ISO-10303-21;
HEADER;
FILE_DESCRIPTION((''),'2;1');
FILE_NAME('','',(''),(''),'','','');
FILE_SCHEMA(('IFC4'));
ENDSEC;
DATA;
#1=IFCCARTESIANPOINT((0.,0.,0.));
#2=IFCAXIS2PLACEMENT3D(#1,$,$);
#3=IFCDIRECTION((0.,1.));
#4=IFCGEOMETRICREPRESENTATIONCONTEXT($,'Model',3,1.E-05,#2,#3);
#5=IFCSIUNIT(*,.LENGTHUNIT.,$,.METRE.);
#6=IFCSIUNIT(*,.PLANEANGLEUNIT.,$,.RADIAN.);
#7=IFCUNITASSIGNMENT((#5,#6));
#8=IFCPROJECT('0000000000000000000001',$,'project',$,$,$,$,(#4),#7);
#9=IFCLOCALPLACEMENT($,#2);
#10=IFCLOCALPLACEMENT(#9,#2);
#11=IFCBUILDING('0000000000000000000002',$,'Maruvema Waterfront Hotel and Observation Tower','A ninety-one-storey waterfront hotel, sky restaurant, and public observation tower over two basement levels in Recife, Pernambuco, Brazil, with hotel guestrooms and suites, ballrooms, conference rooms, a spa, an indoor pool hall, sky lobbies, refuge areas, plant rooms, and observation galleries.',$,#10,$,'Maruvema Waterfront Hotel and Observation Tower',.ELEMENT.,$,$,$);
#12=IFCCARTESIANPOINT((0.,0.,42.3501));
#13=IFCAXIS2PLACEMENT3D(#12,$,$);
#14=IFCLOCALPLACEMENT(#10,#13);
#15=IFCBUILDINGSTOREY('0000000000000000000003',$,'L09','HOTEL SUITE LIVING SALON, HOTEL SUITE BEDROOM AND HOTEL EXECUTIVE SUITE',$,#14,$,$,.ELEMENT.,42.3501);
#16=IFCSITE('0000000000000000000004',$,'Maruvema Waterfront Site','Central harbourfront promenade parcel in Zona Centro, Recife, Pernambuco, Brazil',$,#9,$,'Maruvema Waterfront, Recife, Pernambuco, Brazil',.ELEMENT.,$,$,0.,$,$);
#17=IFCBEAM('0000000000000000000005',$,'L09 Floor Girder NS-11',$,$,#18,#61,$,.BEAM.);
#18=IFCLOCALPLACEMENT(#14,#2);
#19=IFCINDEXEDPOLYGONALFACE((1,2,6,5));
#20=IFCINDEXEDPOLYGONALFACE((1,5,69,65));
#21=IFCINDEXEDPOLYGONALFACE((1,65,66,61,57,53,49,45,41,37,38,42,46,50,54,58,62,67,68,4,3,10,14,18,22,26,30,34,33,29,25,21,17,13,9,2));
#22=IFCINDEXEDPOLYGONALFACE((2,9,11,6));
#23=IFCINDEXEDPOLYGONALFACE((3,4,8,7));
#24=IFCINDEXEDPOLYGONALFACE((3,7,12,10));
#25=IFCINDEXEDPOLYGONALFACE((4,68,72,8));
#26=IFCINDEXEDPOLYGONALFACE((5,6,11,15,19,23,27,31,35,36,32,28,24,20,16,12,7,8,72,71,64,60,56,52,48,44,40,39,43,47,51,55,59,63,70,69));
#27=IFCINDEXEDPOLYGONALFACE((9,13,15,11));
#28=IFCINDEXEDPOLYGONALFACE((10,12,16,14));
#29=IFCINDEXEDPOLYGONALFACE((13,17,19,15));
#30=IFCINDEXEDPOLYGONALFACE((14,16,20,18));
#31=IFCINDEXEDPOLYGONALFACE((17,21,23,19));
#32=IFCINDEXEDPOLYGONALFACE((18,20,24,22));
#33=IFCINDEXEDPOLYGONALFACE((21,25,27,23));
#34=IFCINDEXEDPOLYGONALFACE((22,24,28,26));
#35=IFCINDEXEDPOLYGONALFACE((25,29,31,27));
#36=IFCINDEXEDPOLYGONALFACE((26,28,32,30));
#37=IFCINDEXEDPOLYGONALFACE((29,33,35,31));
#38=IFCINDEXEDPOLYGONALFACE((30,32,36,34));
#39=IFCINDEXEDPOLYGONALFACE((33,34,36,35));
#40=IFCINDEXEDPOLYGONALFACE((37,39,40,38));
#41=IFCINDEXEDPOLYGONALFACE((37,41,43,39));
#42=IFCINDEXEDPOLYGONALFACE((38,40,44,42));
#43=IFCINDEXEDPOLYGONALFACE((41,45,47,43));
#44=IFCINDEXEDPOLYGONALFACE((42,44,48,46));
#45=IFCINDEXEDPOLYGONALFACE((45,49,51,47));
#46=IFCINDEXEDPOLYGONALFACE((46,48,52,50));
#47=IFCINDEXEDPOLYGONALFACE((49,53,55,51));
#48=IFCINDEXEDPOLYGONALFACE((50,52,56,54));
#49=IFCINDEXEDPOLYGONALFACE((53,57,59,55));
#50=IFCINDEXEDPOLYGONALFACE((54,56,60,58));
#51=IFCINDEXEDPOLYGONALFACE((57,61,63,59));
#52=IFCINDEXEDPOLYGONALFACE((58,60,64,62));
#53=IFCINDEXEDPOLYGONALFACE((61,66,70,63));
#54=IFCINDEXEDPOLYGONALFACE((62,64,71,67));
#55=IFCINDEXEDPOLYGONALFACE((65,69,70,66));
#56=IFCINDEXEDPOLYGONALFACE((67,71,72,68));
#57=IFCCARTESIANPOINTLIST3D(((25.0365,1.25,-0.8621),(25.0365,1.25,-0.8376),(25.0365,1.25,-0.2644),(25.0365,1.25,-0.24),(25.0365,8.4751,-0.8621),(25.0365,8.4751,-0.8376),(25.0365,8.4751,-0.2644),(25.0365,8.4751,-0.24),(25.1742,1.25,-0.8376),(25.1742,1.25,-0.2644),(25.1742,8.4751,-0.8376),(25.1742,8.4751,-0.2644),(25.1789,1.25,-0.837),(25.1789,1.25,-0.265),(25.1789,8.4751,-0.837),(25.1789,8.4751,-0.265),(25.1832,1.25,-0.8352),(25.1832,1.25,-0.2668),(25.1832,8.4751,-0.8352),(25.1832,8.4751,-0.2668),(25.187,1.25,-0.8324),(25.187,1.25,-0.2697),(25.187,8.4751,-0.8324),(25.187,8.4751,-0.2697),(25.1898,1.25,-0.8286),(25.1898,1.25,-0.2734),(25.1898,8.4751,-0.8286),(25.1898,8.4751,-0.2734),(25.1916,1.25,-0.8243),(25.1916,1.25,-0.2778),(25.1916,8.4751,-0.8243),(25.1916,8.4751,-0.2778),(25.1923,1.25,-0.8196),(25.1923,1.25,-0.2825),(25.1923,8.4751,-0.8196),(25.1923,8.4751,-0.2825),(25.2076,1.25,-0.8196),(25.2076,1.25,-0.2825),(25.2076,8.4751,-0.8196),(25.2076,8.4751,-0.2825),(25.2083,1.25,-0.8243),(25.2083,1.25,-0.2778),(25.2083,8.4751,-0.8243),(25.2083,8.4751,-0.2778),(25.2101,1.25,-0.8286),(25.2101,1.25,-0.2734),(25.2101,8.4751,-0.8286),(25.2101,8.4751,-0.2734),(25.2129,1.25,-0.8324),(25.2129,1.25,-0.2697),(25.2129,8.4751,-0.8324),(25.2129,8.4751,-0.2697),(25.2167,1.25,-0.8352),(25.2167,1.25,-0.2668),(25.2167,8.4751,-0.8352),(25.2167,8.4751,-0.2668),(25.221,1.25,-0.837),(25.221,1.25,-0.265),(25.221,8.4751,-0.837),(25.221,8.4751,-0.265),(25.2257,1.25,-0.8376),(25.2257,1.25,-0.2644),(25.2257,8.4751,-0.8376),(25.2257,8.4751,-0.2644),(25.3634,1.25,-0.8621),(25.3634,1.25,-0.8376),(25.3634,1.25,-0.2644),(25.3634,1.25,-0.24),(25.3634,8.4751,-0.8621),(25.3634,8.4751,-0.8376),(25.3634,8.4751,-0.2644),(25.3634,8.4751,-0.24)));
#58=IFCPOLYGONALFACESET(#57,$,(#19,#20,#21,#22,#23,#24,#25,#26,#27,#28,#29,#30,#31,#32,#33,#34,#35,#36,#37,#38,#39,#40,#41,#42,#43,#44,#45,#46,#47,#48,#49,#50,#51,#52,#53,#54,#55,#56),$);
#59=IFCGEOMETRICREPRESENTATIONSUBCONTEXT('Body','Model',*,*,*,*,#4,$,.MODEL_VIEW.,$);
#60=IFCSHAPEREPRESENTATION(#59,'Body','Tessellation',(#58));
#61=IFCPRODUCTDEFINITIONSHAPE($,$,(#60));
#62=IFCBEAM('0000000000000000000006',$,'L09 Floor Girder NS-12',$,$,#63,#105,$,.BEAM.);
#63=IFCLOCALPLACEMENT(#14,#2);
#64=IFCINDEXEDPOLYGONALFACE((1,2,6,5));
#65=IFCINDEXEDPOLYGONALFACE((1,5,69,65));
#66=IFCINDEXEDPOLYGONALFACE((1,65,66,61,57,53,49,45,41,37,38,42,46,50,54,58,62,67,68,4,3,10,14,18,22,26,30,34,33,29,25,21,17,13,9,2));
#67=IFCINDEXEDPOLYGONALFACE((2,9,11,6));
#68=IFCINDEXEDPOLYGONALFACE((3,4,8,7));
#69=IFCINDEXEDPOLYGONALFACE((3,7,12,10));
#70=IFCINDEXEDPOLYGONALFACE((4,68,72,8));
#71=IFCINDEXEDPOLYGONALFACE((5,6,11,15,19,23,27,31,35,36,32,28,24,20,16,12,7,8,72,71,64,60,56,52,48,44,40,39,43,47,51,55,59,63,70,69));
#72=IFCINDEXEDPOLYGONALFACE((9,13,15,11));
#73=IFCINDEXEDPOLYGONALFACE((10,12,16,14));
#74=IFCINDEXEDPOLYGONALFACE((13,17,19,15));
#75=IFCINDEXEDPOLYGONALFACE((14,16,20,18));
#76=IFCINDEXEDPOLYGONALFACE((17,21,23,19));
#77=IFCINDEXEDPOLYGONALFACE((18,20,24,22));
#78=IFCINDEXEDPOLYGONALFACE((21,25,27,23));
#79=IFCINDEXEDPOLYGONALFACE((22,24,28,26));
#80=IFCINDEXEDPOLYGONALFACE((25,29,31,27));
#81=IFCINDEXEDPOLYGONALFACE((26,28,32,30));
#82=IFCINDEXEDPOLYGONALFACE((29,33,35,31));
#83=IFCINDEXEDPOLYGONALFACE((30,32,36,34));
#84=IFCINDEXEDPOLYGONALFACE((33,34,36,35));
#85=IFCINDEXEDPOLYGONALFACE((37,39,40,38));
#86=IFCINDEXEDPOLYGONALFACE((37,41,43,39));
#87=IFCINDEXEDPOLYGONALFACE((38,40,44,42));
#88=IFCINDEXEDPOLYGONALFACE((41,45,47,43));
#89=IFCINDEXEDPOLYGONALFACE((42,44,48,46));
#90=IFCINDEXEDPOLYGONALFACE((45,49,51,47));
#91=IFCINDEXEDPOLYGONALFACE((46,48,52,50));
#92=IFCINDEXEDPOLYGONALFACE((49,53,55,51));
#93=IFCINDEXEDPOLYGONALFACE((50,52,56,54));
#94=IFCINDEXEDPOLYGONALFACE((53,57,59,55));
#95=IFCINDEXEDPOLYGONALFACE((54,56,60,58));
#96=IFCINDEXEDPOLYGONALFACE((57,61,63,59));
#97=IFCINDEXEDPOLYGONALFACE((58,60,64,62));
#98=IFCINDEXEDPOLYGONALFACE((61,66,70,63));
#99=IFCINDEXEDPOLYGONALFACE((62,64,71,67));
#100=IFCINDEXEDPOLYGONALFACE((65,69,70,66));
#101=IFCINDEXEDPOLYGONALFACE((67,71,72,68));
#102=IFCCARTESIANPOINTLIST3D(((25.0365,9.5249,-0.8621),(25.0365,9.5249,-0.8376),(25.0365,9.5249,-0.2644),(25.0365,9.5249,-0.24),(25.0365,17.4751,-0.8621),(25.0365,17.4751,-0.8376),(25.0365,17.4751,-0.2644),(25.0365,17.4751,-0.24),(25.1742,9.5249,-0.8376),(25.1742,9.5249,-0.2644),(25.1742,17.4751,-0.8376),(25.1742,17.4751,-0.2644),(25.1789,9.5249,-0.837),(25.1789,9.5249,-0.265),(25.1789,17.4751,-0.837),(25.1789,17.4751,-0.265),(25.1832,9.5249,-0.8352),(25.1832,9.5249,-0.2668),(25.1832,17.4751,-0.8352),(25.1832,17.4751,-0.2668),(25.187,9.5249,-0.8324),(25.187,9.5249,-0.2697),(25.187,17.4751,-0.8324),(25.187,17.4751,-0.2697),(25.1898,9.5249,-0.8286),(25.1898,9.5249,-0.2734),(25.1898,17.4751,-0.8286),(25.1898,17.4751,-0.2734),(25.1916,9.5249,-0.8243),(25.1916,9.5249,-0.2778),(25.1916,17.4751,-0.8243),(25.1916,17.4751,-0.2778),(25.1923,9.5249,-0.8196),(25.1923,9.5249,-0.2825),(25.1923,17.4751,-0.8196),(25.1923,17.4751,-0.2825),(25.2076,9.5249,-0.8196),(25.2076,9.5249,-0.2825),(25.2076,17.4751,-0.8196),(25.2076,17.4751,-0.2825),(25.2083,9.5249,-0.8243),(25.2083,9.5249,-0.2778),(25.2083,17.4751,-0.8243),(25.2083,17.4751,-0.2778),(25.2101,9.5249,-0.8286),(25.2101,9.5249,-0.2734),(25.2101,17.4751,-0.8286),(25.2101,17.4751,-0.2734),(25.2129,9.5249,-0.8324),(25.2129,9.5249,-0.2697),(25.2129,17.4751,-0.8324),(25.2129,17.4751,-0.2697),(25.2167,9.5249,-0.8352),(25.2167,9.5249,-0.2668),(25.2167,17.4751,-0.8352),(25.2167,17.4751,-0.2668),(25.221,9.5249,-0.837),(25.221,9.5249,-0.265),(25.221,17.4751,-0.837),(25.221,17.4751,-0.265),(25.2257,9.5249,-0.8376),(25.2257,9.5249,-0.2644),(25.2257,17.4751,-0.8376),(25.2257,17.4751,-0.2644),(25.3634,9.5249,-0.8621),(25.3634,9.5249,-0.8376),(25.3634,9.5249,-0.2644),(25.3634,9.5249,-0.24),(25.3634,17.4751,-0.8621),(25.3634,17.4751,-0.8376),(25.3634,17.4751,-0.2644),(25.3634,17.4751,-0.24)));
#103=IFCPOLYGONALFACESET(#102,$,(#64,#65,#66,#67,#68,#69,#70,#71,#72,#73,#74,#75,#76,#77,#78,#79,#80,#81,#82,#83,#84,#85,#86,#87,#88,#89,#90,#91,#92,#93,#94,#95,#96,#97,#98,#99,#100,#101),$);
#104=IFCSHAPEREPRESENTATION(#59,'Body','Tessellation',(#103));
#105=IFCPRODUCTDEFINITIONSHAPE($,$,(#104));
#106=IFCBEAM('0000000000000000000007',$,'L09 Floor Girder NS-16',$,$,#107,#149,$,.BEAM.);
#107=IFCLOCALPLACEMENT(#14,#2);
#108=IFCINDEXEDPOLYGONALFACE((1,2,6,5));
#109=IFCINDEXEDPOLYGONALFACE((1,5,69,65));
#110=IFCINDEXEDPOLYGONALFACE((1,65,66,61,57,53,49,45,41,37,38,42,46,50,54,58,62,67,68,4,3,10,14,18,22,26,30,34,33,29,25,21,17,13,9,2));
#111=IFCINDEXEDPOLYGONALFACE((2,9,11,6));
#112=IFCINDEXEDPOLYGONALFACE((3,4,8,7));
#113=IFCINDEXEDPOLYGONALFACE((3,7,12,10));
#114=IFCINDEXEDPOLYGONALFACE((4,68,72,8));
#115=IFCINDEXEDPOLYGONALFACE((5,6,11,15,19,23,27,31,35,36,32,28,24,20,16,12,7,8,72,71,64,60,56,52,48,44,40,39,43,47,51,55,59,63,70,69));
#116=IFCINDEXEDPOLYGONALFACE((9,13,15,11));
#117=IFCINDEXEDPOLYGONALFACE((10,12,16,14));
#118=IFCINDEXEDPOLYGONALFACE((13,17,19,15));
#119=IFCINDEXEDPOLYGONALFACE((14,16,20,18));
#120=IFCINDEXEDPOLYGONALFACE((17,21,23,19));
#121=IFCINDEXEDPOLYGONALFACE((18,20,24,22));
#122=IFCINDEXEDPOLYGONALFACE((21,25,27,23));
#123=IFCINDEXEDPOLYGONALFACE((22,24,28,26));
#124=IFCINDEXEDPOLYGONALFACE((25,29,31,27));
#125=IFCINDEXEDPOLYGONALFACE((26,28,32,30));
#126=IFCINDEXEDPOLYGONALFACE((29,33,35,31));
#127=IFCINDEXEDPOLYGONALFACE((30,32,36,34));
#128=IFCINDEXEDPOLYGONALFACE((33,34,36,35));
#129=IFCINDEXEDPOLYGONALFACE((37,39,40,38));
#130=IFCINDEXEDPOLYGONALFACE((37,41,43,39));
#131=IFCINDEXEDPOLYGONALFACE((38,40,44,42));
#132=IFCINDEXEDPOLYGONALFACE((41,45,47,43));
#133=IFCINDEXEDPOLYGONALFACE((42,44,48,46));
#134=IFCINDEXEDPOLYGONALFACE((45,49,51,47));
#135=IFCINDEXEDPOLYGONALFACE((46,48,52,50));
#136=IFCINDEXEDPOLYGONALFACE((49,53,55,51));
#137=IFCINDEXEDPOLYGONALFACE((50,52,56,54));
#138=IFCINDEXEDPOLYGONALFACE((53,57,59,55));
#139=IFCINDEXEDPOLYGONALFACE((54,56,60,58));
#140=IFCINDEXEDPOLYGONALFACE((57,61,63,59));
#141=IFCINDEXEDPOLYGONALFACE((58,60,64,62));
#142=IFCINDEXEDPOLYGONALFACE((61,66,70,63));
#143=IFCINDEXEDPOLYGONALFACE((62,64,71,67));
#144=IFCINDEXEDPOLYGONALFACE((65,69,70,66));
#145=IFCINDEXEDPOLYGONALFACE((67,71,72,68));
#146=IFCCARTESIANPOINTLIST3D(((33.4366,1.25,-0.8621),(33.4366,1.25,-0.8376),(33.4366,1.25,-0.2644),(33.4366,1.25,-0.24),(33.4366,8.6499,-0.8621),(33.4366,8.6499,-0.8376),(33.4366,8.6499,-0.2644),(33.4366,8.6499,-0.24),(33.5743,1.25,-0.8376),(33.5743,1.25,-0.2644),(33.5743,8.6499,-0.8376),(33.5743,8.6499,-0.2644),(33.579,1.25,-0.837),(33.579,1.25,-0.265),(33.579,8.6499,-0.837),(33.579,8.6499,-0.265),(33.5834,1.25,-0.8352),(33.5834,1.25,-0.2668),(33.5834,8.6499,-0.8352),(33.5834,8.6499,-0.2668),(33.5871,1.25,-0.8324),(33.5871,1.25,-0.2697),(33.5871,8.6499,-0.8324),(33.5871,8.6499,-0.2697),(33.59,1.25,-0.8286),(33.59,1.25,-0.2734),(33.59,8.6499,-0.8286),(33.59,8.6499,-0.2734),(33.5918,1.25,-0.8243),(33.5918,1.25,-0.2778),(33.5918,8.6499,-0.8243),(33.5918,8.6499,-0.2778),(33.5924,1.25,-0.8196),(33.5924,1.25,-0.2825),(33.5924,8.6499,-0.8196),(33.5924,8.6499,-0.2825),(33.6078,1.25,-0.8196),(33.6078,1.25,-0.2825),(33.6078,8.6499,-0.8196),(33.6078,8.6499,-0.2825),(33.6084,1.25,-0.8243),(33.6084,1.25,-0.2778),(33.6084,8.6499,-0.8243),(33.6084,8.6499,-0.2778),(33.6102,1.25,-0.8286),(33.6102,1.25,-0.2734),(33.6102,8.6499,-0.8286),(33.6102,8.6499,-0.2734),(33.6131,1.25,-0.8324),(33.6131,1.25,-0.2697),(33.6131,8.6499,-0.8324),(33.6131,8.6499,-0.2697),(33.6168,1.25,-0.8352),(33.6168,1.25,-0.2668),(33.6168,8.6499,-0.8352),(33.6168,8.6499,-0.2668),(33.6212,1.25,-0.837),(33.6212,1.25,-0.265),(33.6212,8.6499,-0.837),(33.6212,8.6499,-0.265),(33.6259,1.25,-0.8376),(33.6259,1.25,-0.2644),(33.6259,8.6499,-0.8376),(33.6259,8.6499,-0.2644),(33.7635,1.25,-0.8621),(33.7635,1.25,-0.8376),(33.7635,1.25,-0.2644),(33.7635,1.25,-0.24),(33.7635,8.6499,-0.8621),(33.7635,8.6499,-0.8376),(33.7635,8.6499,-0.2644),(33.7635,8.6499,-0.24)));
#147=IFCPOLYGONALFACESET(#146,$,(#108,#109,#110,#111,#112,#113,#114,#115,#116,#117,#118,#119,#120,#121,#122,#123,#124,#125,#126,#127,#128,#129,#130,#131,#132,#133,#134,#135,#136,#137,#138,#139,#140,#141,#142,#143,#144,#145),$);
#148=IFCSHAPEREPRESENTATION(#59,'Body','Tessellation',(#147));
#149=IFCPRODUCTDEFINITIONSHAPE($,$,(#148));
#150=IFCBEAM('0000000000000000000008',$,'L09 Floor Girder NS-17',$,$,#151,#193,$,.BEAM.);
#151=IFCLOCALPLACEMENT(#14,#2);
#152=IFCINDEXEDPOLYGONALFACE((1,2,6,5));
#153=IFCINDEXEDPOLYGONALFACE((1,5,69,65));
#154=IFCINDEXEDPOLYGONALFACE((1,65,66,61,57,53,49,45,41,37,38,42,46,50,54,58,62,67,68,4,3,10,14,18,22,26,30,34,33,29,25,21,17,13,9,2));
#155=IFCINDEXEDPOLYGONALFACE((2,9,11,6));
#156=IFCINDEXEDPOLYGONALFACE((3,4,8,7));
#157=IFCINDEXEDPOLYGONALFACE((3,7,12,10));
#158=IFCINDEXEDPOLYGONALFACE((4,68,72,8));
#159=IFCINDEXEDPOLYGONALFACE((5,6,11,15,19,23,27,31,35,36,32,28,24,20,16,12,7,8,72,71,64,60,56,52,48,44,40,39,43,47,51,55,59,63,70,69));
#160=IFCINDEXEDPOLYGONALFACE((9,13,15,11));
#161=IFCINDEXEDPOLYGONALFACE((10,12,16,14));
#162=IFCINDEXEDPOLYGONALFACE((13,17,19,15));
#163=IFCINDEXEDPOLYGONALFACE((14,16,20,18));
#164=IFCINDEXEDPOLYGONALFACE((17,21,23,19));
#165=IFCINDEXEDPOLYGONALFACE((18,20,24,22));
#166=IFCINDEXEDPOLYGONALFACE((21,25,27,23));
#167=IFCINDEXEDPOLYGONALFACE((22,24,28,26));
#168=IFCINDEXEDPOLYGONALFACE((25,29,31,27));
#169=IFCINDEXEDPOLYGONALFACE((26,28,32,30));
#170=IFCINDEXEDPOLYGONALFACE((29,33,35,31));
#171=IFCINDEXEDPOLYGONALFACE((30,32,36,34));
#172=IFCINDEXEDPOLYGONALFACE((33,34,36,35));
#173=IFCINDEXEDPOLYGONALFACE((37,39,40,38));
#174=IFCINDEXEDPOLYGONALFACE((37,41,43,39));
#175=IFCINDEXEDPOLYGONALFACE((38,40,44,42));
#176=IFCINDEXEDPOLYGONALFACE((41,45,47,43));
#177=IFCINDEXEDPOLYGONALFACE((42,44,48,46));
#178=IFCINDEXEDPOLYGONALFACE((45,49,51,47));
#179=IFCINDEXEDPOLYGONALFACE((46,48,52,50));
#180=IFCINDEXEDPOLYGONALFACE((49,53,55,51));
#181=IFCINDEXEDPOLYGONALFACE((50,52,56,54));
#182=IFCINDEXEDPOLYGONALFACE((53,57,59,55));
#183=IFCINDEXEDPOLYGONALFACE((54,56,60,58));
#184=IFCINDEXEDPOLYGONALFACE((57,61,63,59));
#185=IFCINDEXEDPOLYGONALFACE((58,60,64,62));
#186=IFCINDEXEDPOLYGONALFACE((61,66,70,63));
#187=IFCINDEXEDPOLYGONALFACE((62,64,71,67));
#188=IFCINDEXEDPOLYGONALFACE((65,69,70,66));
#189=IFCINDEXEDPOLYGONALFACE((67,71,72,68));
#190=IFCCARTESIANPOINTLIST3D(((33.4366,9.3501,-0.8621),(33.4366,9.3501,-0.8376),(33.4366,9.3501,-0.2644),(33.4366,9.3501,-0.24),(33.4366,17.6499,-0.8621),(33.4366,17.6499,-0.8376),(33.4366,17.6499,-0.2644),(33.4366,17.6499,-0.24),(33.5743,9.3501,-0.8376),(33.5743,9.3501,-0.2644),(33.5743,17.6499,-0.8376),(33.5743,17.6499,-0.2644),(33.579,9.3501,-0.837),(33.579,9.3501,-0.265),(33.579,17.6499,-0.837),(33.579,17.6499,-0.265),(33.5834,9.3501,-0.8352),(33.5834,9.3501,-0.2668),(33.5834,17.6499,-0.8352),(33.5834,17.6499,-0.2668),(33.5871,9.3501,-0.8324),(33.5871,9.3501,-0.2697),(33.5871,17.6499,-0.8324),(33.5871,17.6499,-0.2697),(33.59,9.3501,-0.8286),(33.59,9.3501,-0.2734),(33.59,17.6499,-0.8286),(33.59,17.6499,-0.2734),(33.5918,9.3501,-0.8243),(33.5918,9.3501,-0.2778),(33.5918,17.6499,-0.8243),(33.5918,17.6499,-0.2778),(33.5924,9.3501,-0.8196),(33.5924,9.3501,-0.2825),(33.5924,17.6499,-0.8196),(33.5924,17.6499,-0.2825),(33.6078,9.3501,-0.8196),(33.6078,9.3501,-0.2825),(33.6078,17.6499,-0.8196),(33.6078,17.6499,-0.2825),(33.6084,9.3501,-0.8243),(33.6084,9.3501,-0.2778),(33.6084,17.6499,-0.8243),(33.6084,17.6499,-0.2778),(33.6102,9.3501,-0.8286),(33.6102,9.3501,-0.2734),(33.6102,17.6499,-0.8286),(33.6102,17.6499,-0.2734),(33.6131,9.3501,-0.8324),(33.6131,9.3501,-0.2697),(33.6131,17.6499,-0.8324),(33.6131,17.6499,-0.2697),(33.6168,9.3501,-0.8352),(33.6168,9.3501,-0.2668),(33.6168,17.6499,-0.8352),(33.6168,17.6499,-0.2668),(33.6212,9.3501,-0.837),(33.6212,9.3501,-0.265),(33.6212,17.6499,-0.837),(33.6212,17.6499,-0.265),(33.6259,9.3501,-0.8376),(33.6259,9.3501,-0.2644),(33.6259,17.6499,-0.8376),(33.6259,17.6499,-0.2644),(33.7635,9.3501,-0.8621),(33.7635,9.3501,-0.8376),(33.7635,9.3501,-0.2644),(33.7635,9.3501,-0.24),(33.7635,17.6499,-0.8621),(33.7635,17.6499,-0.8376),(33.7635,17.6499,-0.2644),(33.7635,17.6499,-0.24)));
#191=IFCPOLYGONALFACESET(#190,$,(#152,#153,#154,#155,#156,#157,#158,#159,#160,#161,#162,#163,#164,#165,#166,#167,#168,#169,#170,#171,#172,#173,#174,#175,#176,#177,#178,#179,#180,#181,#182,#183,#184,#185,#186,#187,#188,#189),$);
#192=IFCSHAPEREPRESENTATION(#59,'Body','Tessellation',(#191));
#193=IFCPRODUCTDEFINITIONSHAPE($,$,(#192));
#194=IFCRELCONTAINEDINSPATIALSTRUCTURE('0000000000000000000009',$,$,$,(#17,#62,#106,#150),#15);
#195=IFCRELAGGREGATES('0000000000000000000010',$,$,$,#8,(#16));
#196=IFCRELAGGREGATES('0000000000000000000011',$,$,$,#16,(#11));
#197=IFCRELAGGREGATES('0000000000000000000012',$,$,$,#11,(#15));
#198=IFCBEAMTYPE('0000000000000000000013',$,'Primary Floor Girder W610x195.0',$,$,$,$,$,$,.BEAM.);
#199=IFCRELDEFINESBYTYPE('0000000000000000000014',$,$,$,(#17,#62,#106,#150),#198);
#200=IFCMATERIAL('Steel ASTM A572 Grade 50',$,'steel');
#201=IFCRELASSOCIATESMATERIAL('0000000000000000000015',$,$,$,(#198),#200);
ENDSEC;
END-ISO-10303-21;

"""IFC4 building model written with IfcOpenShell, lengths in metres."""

from ifc_helpers import new_model, si_unit, direction, frame, origin, origin_2d, place, context, subcontext, project, spatial, i_section, extrude, material, material_profile, profile_set, type_object, element, save


model = new_model("IFC4")

# Units and contexts
model_context = context("Model", 3, precision=1e-05, world=origin(), true_north=direction((0.0, 1.0)))
body_context = subcontext(model_context, "Body", "Model", "MODEL_VIEW")
ifc_project = project(units=[si_unit("LENGTHUNIT", "METRE"), si_unit("PLANEANGLEUNIT", "RADIAN")], contexts=[model_context])

# Site, building, storey
site_placement = place(None, origin())
site = spatial("IfcSite", under=ifc_project, at=site_placement, Name="Maruvema Waterfront Site", Description="Central harbourfront promenade parcel in Zona Centro, Recife, Pernambuco, Brazil", LongName="Maruvema Waterfront, Recife, Pernambuco, Brazil", CompositionType="ELEMENT", RefElevation=0.0)
building_placement = place(site_placement, origin())
building = spatial("IfcBuilding", under=site, at=building_placement, Name="Maruvema Waterfront Hotel and Observation Tower", Description="A ninety-one-storey waterfront hotel, sky restaurant, and public observation tower over two basement levels in Recife, Pernambuco, Brazil, with hotel guestrooms and suites, ballrooms, conference rooms, a spa, an indoor pool hall, sky lobbies, refuge areas, plant rooms, and observation galleries.", LongName="Maruvema Waterfront Hotel and Observation Tower", CompositionType="ELEMENT")
storey_placement = place(building_placement, frame((0.0, 0.0, 42.3501)))
storey = spatial("IfcBuildingStorey", under=building, at=storey_placement, Name="L09", Description="HOTEL SUITE LIVING SALON, HOTEL SUITE BEDROOM AND HOTEL EXECUTIVE SUITE", CompositionType="ELEMENT", Elevation=42.3501)

# Beams
ifc_material_1 = material(Name="Steel ASTM A572 Grade 50", Category="steel")
ifc_material_profile_1 = material_profile(ifc_material_1, i_section(OverallWidth=0.3269, OverallDepth=0.6221, WebThickness=0.0154, FlangeThickness=0.0244, FilletRadius=0.0181, at=origin_2d()), Name="W610x195.0")
ifc_profile_set_1 = profile_set([ifc_material_profile_1], Name="Steel ASTM A572 Grade 50")
beam_type_1 = type_object("IfcBeamType", Name="Primary Floor Girder W610x195.0", PredefinedType="BEAM", material=ifc_profile_set_1)
beam_1_placement = place(storey_placement, frame((25.2, 1.25, -0.551), z_axis=(0.0, 1.0, 0.0), x_axis=(-1.0, 0.0, 0.0)))
element("IfcBeam", 1, at=beam_1_placement, inside=storey, type_object=beam_type_1, Name="L09 Floor Girder NS-11", PredefinedType="BEAM", context=body_context, shape_type="SweptSolid", body=[
    extrude(i_section(OverallWidth=0.3269, OverallDepth=0.6221, WebThickness=0.0154, FlangeThickness=0.0244, FilletRadius=0.0181, at=origin_2d()), origin(), (0.0, 0.0, 1.0), 7.2251),
])
beam_2_placement = place(storey_placement, frame((25.2, 9.5249, -0.551), z_axis=(0.0, 1.0, 0.0), x_axis=(-1.0, 0.0, 0.0)))
element("IfcBeam", 2, at=beam_2_placement, inside=storey, type_object=beam_type_1, Name="L09 Floor Girder NS-12", PredefinedType="BEAM", context=body_context, shape_type="SweptSolid", body=[
    extrude(i_section(OverallWidth=0.3269, OverallDepth=0.6221, WebThickness=0.0154, FlangeThickness=0.0244, FilletRadius=0.0181, at=origin_2d()), origin(), (0.0, 0.0, 1.0), 7.9502),
])
beam_3_placement = place(storey_placement, frame((33.6001, 1.25, -0.551), z_axis=(0.0, 1.0, 0.0), x_axis=(-1.0, 0.0, 0.0)))
element("IfcBeam", 3, at=beam_3_placement, inside=storey, type_object=beam_type_1, Name="L09 Floor Girder NS-16", PredefinedType="BEAM", context=body_context, shape_type="SweptSolid", body=[
    extrude(i_section(OverallWidth=0.3269, OverallDepth=0.6221, WebThickness=0.0154, FlangeThickness=0.0244, FilletRadius=0.0181, at=origin_2d()), origin(), (0.0, 0.0, 1.0), 7.3999),
])
beam_4_placement = place(storey_placement, frame((33.6001, 9.3501, -0.551), z_axis=(0.0, 1.0, 0.0), x_axis=(-1.0, 0.0, 0.0)))
element("IfcBeam", 4, at=beam_4_placement, inside=storey, type_object=beam_type_1, Name="L09 Floor Girder NS-17", PredefinedType="BEAM", context=body_context, shape_type="SweptSolid", body=[
    extrude(i_section(OverallWidth=0.3269, OverallDepth=0.6221, WebThickness=0.0154, FlangeThickness=0.0244, FilletRadius=0.0181, at=origin_2d()), origin(), (0.0, 0.0, 1.0), 8.2998),
])

save(model, "model.ifc")
